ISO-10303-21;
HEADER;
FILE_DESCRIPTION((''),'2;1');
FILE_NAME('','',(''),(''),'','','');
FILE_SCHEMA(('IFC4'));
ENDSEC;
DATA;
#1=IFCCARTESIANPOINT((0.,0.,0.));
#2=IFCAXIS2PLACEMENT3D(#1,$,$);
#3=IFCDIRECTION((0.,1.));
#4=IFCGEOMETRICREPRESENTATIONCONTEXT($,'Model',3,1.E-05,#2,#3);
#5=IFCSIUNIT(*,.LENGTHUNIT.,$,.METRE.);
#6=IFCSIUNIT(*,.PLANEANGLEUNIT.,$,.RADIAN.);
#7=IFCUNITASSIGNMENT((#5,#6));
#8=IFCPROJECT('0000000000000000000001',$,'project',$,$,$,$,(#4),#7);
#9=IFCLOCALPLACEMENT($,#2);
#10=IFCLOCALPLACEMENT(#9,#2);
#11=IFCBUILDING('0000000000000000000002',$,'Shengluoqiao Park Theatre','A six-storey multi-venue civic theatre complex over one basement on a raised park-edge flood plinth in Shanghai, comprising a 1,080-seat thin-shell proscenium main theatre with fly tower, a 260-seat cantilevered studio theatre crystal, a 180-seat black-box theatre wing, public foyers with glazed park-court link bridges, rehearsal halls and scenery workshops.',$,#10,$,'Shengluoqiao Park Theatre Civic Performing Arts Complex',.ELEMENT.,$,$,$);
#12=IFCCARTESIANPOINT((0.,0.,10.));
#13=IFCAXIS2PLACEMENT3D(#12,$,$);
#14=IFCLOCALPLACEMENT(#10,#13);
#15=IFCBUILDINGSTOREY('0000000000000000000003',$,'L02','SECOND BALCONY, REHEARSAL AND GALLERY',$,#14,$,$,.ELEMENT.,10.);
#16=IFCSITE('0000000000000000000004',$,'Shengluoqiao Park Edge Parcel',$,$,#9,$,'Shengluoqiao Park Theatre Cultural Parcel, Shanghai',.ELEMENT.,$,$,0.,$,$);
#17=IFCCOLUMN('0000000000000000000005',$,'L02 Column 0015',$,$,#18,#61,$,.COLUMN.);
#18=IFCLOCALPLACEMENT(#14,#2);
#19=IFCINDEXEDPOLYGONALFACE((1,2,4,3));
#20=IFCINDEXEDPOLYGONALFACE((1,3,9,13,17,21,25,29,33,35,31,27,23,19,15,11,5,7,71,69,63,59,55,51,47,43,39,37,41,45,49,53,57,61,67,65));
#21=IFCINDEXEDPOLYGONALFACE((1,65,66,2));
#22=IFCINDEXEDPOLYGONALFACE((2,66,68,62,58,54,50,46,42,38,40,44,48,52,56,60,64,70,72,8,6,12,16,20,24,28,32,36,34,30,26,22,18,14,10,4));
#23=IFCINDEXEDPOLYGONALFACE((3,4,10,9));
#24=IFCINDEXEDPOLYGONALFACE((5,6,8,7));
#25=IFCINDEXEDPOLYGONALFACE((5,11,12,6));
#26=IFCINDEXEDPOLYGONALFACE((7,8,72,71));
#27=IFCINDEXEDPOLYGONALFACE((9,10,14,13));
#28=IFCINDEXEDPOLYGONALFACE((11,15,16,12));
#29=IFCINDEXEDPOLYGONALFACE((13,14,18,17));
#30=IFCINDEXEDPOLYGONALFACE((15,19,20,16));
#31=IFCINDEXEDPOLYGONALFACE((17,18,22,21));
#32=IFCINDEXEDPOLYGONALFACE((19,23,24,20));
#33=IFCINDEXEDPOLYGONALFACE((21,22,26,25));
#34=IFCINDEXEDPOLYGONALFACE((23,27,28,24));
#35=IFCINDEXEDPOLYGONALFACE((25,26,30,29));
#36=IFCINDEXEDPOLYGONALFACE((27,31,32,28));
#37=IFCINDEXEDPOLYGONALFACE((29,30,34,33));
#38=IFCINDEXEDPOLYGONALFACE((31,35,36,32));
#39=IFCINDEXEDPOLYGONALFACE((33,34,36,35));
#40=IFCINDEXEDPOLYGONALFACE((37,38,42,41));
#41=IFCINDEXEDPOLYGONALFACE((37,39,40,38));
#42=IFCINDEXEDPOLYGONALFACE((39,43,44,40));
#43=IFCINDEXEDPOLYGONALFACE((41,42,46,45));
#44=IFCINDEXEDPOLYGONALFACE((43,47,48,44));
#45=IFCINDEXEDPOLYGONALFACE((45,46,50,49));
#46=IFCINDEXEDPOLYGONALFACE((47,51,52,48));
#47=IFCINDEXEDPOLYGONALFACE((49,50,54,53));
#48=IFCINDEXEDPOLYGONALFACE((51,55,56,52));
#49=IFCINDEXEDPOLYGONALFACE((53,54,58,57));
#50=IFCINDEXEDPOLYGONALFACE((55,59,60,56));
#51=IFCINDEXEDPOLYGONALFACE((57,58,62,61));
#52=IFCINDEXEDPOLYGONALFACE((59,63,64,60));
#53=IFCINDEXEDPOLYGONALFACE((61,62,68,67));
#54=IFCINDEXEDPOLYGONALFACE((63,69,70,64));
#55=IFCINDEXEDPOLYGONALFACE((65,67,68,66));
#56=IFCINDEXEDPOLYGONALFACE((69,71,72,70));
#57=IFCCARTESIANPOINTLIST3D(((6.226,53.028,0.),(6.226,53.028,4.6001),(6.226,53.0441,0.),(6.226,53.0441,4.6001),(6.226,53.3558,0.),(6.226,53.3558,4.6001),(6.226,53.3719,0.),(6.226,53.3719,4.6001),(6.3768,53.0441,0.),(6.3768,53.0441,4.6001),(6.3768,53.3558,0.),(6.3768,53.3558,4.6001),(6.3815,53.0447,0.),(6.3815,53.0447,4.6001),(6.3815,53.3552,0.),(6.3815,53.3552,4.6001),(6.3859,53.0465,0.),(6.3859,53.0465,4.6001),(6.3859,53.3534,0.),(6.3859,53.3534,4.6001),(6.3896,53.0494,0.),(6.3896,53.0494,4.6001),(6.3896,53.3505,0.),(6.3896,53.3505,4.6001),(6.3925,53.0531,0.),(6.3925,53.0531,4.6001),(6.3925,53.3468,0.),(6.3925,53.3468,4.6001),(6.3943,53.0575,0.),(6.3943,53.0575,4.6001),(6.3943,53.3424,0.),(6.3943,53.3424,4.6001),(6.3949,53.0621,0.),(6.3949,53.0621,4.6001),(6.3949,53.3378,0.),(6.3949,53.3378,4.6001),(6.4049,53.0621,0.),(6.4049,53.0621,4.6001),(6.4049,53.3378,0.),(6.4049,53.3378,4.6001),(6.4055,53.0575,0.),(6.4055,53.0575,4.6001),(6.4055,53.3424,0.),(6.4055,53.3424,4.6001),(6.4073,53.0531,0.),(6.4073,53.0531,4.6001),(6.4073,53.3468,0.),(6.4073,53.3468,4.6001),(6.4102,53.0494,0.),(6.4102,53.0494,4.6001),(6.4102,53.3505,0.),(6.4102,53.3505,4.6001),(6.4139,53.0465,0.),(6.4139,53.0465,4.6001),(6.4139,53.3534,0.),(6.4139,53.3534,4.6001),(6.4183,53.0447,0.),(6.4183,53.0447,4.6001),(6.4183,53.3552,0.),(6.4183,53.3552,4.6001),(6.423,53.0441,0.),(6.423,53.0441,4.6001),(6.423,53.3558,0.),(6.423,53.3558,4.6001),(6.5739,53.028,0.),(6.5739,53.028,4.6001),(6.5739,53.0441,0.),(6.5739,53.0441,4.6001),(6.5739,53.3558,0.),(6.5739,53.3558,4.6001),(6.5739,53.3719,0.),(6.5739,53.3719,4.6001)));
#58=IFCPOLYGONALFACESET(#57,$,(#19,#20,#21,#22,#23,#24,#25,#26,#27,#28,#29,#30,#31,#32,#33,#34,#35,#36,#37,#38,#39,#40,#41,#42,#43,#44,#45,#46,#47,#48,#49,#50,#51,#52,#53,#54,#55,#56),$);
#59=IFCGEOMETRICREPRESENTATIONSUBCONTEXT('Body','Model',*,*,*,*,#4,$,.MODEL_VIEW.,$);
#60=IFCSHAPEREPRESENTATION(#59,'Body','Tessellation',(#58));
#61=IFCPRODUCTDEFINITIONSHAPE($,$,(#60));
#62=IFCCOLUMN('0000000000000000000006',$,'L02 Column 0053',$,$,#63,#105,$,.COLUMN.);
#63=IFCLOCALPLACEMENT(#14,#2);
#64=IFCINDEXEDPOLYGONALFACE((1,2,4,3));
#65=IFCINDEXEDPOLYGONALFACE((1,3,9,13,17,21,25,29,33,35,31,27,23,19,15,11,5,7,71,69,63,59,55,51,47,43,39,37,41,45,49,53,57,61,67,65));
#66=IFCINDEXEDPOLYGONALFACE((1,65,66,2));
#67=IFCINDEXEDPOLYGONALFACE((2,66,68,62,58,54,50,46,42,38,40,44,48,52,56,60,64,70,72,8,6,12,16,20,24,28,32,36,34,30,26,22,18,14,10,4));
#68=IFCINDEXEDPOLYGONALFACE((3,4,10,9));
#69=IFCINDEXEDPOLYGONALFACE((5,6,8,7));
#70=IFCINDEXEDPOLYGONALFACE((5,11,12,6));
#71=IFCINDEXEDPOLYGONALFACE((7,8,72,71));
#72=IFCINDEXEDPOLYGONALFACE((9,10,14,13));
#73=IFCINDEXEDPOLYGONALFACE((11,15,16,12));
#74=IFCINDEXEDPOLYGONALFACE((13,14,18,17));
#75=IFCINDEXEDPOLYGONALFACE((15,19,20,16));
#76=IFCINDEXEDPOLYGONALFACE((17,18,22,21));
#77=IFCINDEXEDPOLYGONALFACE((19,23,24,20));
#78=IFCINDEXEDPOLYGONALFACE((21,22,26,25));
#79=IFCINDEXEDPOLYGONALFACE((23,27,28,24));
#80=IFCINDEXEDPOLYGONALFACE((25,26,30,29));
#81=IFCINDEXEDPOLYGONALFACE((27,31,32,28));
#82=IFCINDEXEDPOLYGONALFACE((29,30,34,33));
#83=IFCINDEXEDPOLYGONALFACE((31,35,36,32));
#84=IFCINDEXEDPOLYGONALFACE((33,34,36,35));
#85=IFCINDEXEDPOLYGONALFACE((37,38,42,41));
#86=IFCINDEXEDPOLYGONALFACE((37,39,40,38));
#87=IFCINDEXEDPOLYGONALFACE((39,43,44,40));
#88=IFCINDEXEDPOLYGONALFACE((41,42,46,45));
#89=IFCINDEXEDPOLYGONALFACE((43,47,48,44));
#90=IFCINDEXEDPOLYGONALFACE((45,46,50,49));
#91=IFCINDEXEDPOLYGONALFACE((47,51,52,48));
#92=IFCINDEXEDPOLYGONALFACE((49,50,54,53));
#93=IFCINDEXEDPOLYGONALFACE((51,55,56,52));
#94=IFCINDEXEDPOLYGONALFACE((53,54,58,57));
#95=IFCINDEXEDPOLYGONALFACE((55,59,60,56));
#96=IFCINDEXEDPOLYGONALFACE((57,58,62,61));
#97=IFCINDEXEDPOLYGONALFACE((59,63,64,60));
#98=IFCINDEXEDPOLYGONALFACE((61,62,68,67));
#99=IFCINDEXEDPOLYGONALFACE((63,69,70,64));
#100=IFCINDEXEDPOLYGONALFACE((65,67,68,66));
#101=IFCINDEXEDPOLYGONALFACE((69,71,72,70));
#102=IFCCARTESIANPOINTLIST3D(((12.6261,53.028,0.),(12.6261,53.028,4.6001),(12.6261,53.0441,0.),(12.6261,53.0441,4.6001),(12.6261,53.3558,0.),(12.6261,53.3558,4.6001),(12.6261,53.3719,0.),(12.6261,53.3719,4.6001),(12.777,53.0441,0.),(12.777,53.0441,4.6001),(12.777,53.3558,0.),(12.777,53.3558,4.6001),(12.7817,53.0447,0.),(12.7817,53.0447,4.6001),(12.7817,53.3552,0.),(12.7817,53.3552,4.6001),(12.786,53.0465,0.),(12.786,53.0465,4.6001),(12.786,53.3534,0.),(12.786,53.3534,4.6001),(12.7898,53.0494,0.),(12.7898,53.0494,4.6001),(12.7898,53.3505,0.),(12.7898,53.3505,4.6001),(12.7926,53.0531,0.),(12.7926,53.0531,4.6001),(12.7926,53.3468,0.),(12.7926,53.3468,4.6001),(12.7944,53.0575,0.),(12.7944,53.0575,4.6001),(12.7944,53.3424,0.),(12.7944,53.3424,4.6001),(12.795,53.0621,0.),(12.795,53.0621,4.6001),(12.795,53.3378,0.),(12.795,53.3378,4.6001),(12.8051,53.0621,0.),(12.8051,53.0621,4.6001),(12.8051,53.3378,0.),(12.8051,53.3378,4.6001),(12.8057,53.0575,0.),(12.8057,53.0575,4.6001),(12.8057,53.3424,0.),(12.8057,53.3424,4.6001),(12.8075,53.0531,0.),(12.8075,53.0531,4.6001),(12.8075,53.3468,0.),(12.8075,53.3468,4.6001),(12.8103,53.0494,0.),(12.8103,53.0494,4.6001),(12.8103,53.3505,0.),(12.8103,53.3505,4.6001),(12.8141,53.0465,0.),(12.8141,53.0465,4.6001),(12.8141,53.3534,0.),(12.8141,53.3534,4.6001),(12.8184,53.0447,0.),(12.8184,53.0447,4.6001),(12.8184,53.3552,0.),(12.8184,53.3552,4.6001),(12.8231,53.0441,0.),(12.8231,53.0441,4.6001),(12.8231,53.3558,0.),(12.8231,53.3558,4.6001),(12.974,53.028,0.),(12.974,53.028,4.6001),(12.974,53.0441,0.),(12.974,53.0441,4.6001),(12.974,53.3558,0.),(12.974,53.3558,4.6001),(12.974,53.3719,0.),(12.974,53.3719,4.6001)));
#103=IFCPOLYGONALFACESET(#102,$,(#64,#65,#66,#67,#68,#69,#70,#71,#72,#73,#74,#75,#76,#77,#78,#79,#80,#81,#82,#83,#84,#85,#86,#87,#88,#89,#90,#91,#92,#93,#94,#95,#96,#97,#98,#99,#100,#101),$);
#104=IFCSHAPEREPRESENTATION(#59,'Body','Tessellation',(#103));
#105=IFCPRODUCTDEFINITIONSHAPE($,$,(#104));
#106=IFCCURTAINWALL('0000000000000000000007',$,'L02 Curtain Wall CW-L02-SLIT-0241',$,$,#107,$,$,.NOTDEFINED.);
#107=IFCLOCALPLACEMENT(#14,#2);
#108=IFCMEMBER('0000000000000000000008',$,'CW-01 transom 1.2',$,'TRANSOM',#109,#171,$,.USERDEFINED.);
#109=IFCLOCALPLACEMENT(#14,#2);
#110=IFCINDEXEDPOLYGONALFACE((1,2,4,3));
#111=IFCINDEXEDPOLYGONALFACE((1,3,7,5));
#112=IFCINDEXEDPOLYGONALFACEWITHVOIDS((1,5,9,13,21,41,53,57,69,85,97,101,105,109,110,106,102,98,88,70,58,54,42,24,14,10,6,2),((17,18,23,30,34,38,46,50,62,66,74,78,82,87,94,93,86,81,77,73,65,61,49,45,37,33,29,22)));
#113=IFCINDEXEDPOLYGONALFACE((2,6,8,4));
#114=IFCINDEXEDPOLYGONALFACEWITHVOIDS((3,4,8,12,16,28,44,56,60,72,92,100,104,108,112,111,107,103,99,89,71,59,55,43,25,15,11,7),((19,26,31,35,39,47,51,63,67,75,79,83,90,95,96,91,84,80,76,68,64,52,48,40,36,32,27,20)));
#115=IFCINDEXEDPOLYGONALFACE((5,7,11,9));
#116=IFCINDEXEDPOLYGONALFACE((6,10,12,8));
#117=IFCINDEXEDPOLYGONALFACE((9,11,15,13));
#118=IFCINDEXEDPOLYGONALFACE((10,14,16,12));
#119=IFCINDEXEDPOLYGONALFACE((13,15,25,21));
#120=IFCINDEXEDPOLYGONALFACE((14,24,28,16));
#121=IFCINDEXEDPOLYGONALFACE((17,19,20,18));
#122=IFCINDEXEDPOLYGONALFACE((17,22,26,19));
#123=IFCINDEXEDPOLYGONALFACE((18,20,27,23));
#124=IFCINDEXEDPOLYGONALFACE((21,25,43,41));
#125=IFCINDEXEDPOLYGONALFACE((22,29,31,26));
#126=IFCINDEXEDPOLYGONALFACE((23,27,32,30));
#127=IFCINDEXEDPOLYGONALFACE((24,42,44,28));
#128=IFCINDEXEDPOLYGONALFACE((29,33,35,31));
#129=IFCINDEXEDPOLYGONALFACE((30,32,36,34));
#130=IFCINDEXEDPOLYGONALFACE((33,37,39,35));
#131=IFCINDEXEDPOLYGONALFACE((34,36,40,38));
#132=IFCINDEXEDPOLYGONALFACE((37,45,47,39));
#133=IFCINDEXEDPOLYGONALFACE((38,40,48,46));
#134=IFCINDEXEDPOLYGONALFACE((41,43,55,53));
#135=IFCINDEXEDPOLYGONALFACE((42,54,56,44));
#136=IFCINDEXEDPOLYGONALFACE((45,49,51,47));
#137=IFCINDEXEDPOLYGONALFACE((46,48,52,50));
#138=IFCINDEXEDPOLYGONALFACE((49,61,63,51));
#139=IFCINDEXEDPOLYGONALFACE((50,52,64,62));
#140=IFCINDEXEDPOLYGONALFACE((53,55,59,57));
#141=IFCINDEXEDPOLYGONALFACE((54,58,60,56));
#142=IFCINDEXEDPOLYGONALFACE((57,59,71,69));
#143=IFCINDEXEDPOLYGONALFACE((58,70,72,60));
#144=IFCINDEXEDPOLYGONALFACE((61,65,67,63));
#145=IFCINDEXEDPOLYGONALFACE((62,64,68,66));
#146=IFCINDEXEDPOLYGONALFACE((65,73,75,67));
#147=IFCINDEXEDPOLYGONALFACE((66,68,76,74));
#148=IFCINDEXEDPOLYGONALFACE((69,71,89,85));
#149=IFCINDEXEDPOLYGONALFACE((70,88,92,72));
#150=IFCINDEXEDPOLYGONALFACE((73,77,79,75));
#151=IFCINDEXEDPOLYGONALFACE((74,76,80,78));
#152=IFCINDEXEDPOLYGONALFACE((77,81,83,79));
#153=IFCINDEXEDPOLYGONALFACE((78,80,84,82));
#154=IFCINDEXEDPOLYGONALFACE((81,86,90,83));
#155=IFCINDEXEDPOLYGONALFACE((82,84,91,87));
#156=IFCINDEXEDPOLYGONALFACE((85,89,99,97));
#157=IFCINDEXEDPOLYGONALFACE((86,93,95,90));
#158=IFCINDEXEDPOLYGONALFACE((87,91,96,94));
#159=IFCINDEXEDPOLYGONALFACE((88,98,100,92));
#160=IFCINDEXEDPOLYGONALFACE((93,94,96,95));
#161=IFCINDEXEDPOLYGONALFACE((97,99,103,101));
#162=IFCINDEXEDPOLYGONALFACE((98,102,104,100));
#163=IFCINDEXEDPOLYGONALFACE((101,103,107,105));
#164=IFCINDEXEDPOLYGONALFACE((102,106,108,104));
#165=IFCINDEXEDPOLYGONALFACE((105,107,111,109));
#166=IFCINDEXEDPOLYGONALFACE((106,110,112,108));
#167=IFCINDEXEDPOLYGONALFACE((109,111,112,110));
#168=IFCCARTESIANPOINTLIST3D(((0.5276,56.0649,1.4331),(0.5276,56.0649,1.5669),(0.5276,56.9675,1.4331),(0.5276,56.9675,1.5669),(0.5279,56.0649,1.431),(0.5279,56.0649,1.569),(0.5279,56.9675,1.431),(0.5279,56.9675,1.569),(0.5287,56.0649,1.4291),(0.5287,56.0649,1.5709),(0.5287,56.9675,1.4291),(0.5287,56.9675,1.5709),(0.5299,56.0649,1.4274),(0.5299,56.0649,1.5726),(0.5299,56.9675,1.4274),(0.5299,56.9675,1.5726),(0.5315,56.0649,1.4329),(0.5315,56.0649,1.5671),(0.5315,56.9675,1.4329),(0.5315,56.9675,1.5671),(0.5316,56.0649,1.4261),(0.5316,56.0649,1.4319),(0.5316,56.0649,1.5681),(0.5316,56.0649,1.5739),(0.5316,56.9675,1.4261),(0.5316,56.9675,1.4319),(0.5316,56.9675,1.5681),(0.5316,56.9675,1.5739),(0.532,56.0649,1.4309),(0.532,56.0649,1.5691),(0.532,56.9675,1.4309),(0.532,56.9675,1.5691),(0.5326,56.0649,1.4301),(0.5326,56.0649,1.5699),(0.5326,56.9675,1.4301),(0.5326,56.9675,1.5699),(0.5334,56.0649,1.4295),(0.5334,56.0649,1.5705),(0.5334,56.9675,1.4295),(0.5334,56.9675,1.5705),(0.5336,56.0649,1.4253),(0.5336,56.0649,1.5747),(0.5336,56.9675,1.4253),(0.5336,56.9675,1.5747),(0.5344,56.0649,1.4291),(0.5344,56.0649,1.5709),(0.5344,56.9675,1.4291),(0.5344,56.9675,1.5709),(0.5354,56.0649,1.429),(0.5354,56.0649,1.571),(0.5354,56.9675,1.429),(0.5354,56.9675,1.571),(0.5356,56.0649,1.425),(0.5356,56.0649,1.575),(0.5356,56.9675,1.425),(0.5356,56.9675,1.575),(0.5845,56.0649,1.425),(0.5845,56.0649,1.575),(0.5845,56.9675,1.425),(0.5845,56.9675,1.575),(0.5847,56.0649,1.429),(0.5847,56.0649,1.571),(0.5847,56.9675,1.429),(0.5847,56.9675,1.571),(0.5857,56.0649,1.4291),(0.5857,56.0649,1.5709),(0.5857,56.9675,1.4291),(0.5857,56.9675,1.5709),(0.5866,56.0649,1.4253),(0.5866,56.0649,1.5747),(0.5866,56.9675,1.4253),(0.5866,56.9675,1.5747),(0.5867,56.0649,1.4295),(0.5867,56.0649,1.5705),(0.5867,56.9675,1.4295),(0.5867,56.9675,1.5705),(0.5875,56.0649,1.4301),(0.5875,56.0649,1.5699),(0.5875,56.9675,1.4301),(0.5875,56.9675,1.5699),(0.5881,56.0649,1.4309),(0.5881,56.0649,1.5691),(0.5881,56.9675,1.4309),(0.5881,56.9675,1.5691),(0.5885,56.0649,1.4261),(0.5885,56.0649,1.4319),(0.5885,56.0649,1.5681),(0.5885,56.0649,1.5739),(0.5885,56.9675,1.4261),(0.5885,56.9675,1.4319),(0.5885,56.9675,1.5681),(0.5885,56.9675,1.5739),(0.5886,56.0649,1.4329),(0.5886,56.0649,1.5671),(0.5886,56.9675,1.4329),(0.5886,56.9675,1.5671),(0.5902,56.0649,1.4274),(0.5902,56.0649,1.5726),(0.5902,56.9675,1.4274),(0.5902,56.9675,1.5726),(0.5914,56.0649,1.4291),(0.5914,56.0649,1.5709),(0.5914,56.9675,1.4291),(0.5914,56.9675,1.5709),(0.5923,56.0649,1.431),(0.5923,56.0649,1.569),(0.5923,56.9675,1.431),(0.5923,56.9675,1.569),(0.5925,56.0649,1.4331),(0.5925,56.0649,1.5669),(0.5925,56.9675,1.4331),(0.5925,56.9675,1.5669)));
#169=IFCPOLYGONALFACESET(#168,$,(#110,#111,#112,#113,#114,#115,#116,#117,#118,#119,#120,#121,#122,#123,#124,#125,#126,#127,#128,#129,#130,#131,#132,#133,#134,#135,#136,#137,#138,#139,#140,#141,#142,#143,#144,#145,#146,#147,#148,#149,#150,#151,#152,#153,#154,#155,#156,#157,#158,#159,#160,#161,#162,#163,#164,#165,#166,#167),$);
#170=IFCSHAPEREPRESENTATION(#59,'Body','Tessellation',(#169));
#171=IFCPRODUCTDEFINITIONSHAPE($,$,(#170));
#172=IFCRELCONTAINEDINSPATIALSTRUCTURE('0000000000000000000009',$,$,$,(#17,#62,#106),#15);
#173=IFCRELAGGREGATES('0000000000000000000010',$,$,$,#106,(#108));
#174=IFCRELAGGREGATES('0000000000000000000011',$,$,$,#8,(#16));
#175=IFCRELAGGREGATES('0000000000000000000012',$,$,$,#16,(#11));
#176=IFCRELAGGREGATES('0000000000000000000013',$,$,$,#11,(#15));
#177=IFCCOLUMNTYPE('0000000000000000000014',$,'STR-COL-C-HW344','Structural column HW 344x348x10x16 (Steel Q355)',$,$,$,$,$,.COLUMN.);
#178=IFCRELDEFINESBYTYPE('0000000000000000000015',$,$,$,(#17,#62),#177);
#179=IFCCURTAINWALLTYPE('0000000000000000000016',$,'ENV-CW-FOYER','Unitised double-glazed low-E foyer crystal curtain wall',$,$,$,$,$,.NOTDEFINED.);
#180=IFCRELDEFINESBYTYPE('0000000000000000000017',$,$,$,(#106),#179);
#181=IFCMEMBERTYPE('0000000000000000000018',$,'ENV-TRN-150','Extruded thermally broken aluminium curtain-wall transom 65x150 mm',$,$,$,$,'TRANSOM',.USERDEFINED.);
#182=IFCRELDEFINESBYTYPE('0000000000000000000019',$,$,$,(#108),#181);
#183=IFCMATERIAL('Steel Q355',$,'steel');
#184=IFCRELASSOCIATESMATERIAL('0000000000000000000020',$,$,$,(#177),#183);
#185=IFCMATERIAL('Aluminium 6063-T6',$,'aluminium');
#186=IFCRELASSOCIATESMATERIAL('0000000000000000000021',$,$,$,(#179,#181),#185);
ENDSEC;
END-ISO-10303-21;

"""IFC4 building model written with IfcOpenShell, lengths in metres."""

from ifc_helpers import new_model, si_unit, direction, frame, origin, origin_2d, place, context, subcontext, project, spatial, hollow_rectangle, i_section, extrude, material, material_profile, profile_set, type_object, element, aggregate, save


model = new_model("IFC4")

# Units and contexts
model_context = context("Model", 3, precision=1e-05, world=origin(), true_north=direction((0.0, 1.0)))
body_context = subcontext(model_context, "Body", "Model", "MODEL_VIEW")
ifc_project = project(units=[si_unit("LENGTHUNIT", "METRE"), si_unit("PLANEANGLEUNIT", "RADIAN")], contexts=[model_context])

# Site, building, storey
site_placement = place(None, origin())
site = spatial("IfcSite", under=ifc_project, at=site_placement, Name="Shengluoqiao Park Edge Parcel", LongName="Shengluoqiao Park Theatre Cultural Parcel, Shanghai", CompositionType="ELEMENT", RefElevation=0.0)
building_placement = place(site_placement, origin())
building = spatial("IfcBuilding", under=site, at=building_placement, Name="Shengluoqiao Park Theatre", Description="A six-storey multi-venue civic theatre complex over one basement on a raised park-edge flood plinth in Shanghai, comprising a 1,080-seat thin-shell proscenium main theatre with fly tower, a 260-seat cantilevered studio theatre crystal, a 180-seat black-box theatre wing, public foyers with glazed park-court link bridges, rehearsal halls and scenery workshops.", LongName="Shengluoqiao Park Theatre Civic Performing Arts Complex", CompositionType="ELEMENT")
storey_placement = place(building_placement, frame((0.0, 0.0, 10.0)))
storey = spatial("IfcBuildingStorey", under=building, at=storey_placement, Name="L02", Description="SECOND BALCONY, REHEARSAL AND GALLERY", CompositionType="ELEMENT", Elevation=10.0)

# Columns
ifc_material_1 = material(Name="Steel Q355", Category="steel")
ifc_material_profile_1 = material_profile(ifc_material_1, i_section(OverallWidth=0.3479, OverallDepth=0.344, WebThickness=0.01, FlangeThickness=0.0161, FilletRadius=0.0181, at=origin_2d()), Name="HW 344x348x10x16")
ifc_profile_set_1 = profile_set([ifc_material_profile_1], Name="Steel Q355")
column_type = type_object("IfcColumnType", Name="STR-COL-C-HW344", Description="Structural column HW 344x348x10x16 (Steel Q355)", PredefinedType="COLUMN", material=ifc_profile_set_1)
for number, where, z_axis, x_axis, name in (
    (1, (6.3999, 53.2, 0.0), (0.0, 0.0, 1.0), (1.0, 0.0, 0.0), "L02 Column 0015"),
    (2, (12.8, 53.2, 0.0), (0.0, 0.0, 1.0), (1.0, 0.0, 0.0), "L02 Column 0053"),
):
    element("IfcColumn", number, at=place(storey_placement, frame(where, z_axis=z_axis, x_axis=x_axis)), inside=storey, type_object=column_type, Name=name, PredefinedType="COLUMN", context=body_context, shape_type="SweptSolid", body=[
        extrude(i_section(OverallWidth=0.3479, OverallDepth=0.344, WebThickness=0.01, FlangeThickness=0.0161, FilletRadius=0.0181, at=origin_2d()), origin(), (0.0, 0.0, 1.0), 4.6001),
    ])

# Curtain wall, member
ifc_material_2 = material(Name="Aluminium 6063-T6", Category="aluminium")
curtain_wall_type = type_object("IfcCurtainWallType", Name="ENV-CW-FOYER", Description="Unitised double-glazed low-E foyer crystal curtain wall", PredefinedType="NOTDEFINED", material=ifc_material_2)
curtain_wall_placement = place(storey_placement, origin())
curtain_wall = element("IfcCurtainWall", 3, at=curtain_wall_placement, inside=storey, type_object=curtain_wall_type, Name="L02 Curtain Wall CW-L02-SLIT-0241", PredefinedType="NOTDEFINED")
ifc_material_profile_2 = material_profile(ifc_material_2, hollow_rectangle(XDim=0.0649, YDim=0.1499, WallThickness=0.0039, InnerFilletRadius=0.0039, OuterFilletRadius=0.0081, at=origin_2d()), Name="ALU TRANSOM 150x65x4")
ifc_profile_set_2 = profile_set([ifc_material_profile_2], Name="Aluminium 6063-T6")
member_type_1 = type_object("IfcMemberType", Name="ENV-TRN-150", Description="Extruded thermally broken aluminium curtain-wall transom 65x150 mm", ElementType="TRANSOM", PredefinedType="USERDEFINED", material=ifc_profile_set_2)
member_1_placement = place(storey_placement, frame((0.5601, 56.0649, 1.5), z_axis=(0.0, 1.0, 0.0), x_axis=(-1.0, 0.0, 0.0)))
member_1 = element("IfcMember", 4, at=member_1_placement, type_object=member_type_1, Name="CW-01 transom 1.2", ObjectType="TRANSOM", PredefinedType="USERDEFINED", context=body_context, shape_type="SweptSolid", body=[
    extrude(hollow_rectangle(XDim=0.0649, YDim=0.1499, WallThickness=0.0039, InnerFilletRadius=0.0039, OuterFilletRadius=0.0081, at=origin_2d()), origin(), (0.0, 0.0, 1.0), 0.9026),
])
aggregate(curtain_wall, [member_1])

save(model, "model.ifc")
